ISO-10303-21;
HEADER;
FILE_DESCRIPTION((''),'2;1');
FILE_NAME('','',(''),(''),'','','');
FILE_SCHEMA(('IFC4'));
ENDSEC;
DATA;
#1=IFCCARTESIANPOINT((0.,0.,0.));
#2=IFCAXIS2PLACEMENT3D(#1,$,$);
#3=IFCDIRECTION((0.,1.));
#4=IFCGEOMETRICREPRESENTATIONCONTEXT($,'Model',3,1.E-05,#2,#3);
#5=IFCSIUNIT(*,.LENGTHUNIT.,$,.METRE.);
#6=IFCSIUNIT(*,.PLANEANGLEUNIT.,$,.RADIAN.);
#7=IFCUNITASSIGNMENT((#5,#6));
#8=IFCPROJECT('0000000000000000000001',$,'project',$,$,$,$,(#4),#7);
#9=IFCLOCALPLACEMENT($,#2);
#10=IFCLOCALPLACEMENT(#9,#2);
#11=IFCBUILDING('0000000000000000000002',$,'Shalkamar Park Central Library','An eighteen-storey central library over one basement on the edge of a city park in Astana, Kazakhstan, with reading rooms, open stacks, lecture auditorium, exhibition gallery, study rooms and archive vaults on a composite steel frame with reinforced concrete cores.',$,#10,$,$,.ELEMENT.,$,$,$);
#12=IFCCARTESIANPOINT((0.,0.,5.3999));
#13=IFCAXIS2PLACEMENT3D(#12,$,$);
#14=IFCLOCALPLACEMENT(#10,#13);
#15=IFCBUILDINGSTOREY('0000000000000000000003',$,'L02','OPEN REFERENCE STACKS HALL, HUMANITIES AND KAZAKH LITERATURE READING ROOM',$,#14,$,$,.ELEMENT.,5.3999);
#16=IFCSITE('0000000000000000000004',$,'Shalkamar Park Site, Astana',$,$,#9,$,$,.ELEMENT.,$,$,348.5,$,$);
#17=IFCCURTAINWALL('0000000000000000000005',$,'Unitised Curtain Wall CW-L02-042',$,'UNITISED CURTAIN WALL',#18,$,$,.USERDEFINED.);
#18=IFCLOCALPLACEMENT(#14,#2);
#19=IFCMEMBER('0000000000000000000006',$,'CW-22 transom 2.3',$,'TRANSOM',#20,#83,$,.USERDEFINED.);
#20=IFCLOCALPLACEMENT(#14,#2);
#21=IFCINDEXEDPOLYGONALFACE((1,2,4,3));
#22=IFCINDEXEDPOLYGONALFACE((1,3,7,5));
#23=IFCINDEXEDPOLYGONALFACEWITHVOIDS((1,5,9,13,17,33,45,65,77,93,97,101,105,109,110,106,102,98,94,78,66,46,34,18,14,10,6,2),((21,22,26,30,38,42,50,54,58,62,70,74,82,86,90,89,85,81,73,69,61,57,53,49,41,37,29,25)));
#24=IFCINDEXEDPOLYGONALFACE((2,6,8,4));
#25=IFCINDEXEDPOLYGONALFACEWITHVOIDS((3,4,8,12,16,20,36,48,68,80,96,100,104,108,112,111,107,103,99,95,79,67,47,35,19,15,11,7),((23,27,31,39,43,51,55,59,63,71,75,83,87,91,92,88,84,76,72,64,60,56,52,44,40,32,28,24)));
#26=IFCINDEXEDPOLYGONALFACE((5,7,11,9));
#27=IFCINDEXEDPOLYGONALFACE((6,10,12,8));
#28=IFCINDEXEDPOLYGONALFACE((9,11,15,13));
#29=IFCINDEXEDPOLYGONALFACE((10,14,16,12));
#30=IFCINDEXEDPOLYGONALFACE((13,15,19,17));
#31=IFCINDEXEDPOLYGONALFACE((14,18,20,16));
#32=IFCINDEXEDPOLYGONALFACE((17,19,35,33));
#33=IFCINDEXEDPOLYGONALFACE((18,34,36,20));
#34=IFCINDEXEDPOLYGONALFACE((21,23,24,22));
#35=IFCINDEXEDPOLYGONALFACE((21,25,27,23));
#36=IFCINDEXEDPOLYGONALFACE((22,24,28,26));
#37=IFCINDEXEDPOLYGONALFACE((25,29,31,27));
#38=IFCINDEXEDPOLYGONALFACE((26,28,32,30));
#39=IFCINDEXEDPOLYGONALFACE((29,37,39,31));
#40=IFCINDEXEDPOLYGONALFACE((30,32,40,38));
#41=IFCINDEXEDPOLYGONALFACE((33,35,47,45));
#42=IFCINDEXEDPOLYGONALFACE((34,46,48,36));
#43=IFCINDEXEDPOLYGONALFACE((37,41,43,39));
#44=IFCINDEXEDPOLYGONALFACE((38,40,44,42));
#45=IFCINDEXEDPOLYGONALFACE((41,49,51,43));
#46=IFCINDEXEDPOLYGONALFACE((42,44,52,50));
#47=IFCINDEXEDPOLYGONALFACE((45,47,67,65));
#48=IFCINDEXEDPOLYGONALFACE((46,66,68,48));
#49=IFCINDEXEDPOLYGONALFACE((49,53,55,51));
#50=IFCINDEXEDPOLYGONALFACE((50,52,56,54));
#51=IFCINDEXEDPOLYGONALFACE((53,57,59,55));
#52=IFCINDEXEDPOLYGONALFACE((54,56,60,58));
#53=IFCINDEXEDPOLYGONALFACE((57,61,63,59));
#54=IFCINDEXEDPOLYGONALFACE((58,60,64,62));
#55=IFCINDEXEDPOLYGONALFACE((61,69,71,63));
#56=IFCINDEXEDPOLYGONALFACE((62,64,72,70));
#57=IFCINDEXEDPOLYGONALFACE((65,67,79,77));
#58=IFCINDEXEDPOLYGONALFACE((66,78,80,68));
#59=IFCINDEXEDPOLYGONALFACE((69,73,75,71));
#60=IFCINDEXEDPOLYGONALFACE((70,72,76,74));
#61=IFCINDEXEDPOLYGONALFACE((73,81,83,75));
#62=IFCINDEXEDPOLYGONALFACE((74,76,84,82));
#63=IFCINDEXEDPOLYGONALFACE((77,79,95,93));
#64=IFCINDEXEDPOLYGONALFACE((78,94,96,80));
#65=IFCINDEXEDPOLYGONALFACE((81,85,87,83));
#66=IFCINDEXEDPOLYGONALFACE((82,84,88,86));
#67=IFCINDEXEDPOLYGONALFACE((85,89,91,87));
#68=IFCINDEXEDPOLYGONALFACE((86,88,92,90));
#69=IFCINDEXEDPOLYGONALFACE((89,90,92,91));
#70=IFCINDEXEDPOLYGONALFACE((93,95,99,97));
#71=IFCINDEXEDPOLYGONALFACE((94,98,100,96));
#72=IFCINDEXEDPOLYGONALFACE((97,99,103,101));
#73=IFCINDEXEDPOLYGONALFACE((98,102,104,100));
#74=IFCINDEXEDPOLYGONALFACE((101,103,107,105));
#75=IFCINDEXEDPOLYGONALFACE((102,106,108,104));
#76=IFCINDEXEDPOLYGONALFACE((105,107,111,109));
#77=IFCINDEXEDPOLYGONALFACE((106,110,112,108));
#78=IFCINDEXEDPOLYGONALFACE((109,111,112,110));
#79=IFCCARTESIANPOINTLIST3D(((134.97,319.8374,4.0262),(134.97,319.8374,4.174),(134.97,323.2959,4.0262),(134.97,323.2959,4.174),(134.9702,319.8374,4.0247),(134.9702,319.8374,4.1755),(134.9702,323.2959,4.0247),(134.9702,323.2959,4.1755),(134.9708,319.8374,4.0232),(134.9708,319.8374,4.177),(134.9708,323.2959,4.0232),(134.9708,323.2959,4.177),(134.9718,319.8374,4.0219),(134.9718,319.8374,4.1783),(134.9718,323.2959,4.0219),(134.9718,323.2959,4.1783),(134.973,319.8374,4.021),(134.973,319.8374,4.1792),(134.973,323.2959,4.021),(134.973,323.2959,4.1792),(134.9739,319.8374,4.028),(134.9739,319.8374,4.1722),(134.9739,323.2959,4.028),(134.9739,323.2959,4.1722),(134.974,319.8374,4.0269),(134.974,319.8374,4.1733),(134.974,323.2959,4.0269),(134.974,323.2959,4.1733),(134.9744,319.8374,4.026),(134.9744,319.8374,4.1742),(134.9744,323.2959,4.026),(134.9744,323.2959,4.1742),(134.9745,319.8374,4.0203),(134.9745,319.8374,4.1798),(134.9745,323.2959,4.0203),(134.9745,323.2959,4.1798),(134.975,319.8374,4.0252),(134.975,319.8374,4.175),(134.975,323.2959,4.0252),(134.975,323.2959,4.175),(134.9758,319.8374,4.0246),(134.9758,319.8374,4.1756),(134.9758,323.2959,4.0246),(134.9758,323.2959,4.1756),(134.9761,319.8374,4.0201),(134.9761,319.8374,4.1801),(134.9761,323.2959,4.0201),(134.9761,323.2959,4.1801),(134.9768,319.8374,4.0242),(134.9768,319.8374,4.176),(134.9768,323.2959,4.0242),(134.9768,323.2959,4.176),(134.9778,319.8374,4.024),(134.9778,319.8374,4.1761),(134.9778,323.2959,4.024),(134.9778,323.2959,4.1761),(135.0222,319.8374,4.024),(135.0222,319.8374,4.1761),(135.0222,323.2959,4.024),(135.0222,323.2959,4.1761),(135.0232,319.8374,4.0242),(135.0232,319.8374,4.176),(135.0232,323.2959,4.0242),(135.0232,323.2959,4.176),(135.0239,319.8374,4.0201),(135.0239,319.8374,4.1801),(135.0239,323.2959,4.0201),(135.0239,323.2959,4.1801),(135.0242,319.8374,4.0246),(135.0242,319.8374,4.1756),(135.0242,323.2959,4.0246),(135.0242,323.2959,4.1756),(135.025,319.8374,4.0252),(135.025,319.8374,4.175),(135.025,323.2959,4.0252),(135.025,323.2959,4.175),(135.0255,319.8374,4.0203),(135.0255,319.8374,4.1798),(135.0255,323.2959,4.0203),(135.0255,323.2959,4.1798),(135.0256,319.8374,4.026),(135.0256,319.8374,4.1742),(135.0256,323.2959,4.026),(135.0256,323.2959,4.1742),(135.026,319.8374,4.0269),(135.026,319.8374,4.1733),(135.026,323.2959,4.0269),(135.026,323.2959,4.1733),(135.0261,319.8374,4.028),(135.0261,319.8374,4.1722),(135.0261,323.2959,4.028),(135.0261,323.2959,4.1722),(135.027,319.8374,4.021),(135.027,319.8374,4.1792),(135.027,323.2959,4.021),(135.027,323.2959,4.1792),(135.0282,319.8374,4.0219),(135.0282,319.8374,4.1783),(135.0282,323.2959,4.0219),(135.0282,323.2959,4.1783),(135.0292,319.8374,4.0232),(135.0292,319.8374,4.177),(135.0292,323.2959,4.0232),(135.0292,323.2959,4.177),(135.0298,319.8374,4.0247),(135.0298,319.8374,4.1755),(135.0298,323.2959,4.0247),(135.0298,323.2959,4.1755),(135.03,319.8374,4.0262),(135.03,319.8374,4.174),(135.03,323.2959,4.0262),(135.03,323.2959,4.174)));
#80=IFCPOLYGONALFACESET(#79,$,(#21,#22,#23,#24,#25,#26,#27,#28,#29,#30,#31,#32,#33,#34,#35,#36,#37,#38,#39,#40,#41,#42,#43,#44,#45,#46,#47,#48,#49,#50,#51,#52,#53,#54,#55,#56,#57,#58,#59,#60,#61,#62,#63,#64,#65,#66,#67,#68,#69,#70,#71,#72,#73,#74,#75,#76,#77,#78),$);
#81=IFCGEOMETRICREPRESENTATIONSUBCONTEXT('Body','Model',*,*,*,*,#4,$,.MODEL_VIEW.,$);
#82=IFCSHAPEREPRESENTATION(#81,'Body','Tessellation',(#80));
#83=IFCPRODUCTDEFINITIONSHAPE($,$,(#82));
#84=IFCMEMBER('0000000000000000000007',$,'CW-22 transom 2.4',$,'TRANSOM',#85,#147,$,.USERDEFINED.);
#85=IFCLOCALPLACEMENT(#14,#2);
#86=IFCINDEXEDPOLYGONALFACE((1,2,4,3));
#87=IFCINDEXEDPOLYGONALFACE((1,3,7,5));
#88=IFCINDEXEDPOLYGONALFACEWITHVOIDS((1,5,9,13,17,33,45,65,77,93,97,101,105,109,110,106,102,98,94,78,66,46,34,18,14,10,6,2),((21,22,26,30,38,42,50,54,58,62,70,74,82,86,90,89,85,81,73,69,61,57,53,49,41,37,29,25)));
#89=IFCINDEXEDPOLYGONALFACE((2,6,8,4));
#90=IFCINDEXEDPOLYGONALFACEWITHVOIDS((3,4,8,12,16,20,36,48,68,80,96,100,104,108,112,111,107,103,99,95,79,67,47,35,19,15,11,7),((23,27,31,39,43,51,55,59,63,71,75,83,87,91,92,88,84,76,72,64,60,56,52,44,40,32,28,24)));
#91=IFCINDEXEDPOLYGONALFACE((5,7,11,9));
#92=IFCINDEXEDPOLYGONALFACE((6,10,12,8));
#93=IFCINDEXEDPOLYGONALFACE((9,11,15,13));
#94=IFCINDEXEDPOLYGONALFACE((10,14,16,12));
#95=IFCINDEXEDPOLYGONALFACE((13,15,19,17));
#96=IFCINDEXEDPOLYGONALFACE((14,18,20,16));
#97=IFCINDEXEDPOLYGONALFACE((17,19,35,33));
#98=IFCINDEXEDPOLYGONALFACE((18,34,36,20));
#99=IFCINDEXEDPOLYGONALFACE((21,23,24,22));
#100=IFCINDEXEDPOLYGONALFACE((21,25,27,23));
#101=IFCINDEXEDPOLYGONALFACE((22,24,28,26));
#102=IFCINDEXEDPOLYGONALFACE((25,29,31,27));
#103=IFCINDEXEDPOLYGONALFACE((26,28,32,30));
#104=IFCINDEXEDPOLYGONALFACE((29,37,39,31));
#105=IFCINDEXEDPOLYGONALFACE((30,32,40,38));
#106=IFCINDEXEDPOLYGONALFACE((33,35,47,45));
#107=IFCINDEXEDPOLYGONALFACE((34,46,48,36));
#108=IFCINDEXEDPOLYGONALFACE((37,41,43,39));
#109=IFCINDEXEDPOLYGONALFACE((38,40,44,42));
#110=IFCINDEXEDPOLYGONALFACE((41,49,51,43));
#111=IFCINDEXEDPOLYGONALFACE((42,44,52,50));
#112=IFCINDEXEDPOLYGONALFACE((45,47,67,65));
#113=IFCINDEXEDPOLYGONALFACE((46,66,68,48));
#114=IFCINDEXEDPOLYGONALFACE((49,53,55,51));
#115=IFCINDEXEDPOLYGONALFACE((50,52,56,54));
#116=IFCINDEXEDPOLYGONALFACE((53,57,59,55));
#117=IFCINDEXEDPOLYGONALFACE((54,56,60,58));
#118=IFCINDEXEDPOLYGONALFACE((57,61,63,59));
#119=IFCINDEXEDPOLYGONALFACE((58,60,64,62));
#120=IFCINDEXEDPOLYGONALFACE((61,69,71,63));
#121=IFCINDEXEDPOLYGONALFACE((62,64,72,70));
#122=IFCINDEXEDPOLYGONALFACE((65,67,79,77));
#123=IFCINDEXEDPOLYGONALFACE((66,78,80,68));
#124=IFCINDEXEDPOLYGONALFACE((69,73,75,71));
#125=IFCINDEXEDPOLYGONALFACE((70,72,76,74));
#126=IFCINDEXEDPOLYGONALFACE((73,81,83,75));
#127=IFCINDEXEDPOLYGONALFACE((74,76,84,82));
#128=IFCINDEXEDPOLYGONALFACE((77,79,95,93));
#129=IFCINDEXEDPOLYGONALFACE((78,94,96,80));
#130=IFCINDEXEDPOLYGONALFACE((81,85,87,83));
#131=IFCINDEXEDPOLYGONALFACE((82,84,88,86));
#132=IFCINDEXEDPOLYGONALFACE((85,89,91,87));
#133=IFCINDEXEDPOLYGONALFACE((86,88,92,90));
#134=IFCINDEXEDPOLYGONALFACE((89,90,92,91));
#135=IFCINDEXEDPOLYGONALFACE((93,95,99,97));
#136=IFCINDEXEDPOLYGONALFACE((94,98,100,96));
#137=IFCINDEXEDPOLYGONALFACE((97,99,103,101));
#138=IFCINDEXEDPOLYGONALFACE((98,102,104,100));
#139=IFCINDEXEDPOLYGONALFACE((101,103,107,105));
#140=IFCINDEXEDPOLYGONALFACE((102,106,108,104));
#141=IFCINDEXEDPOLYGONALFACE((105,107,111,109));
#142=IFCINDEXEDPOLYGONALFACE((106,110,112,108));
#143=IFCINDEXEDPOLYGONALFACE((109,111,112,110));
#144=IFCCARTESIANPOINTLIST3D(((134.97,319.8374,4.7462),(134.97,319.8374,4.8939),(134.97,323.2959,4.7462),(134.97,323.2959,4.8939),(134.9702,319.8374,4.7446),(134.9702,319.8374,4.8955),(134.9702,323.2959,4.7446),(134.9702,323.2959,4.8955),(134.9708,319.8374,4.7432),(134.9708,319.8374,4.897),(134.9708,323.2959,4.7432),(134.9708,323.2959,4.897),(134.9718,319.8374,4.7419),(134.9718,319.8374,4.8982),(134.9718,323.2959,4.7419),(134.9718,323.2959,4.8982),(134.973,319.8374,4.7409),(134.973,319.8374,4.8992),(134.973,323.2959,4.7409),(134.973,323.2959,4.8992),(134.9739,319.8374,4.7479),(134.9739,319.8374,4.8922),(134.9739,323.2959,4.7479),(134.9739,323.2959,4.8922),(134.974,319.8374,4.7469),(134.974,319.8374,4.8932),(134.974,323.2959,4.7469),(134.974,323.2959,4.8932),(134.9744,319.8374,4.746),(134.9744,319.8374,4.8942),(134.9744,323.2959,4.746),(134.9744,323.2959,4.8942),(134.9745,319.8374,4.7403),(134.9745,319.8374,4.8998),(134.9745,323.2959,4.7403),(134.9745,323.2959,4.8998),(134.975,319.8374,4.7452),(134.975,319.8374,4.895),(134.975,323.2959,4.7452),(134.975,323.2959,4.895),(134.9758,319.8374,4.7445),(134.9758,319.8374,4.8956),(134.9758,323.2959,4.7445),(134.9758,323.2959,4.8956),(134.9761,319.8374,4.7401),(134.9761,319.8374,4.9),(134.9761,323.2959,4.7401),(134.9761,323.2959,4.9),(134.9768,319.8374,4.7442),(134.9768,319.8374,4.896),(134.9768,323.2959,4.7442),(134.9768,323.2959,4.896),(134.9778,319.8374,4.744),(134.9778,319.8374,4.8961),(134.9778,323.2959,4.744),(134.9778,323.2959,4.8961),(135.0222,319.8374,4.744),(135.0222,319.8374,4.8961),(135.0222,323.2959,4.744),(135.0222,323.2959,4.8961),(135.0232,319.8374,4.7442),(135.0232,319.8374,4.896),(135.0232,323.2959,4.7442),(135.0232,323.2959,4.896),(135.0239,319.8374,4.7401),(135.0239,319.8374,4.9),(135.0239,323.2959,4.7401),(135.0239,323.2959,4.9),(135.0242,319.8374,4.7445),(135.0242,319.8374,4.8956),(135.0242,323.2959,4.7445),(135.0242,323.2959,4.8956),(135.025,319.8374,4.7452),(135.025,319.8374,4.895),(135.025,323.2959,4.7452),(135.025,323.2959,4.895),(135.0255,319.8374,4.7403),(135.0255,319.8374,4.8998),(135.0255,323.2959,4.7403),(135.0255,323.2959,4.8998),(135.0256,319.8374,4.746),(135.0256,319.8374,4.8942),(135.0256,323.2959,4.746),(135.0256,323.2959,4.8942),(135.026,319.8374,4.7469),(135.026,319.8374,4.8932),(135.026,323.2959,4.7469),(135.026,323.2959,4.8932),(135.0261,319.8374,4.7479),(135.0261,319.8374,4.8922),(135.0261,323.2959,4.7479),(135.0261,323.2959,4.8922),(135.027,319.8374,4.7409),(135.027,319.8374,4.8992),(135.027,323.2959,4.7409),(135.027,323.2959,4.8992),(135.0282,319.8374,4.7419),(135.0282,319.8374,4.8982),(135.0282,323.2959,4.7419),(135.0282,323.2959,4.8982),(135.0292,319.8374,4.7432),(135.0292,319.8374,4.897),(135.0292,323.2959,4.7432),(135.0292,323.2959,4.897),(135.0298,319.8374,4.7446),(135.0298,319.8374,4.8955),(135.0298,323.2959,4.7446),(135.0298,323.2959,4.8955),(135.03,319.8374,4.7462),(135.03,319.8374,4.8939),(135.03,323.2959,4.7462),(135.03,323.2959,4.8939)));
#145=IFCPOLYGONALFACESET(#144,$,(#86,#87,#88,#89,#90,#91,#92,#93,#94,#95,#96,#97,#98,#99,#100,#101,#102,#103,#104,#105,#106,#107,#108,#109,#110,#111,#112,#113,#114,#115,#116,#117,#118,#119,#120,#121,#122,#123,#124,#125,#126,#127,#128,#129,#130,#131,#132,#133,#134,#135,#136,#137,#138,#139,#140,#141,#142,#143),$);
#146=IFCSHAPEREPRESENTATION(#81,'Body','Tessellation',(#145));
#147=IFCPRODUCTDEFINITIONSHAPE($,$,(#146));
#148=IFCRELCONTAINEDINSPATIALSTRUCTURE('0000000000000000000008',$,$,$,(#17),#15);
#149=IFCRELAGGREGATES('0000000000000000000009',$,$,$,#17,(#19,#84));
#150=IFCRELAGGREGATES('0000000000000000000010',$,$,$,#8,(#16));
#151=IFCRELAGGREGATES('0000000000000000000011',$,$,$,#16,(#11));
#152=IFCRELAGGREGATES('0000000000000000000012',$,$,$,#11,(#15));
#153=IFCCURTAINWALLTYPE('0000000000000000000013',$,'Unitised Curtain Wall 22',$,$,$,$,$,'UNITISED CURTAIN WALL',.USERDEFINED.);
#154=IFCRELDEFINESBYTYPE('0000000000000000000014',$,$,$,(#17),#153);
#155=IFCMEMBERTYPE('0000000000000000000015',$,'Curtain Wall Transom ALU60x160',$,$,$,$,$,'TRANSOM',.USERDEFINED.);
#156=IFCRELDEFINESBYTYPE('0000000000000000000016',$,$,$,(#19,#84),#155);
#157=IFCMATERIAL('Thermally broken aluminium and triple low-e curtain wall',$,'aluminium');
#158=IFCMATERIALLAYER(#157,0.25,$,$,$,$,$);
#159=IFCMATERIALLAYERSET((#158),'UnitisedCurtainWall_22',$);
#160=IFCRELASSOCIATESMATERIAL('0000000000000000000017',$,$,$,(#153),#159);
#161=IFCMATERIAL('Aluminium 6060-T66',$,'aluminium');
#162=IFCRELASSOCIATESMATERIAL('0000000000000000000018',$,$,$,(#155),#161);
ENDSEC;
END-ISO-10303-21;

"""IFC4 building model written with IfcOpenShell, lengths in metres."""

from ifc_helpers import new_model, si_unit, direction, frame, origin, origin_2d, place, context, subcontext, project, spatial, hollow_rectangle, extrude, material, layer, layer_set, material_profile, profile_set, type_object, element, aggregate, save


model = new_model("IFC4")

# Units and contexts
model_context = context("Model", 3, precision=1e-05, world=origin(), true_north=direction((0.0, 1.0)))
body_context = subcontext(model_context, "Body", "Model", "MODEL_VIEW")
ifc_project = project(units=[si_unit("LENGTHUNIT", "METRE"), si_unit("PLANEANGLEUNIT", "RADIAN")], contexts=[model_context])

# Site, building, storey
site_placement = place(None, origin())
site = spatial("IfcSite", under=ifc_project, at=site_placement, Name="Shalkamar Park Site, Astana", CompositionType="ELEMENT", RefElevation=348.5)
building_placement = place(site_placement, origin())
building = spatial("IfcBuilding", under=site, at=building_placement, Name="Shalkamar Park Central Library", Description="An eighteen-storey central library over one basement on the edge of a city park in Astana, Kazakhstan, with reading rooms, open stacks, lecture auditorium, exhibition gallery, study rooms and archive vaults on a composite steel frame with reinforced concrete cores.", CompositionType="ELEMENT")
storey_placement = place(building_placement, frame((0.0, 0.0, 5.3999)))
storey = spatial("IfcBuildingStorey", under=building, at=storey_placement, Name="L02", Description="OPEN REFERENCE STACKS HALL, HUMANITIES AND KAZAKH LITERATURE READING ROOM", CompositionType="ELEMENT", Elevation=5.3999)

# Curtain wall, members
ifc_material_1 = material(Name="Thermally broken aluminium and triple low-e curtain wall", Category="aluminium")
ifc_layer_1 = layer(ifc_material_1, 0.25)
ifc_layer_set_1 = layer_set([ifc_layer_1], Name="UnitisedCurtainWall_22")
curtain_wall_type = type_object("IfcCurtainWallType", Name="Unitised Curtain Wall 22", ElementType="UNITISED CURTAIN WALL", PredefinedType="USERDEFINED", material=ifc_layer_set_1)
curtain_wall_placement = place(storey_placement, origin())
curtain_wall = element("IfcCurtainWall", 1, at=curtain_wall_placement, inside=storey, type_object=curtain_wall_type, Name="Unitised Curtain Wall CW-L02-042", ObjectType="UNITISED CURTAIN WALL", PredefinedType="USERDEFINED")
ifc_material_2 = material(Name="Aluminium 6060-T66", Category="aluminium")
ifc_material_profile_1 = material_profile(ifc_material_2, hollow_rectangle(XDim=0.0601, YDim=0.1599, WallThickness=0.0039, InnerFilletRadius=0.0039, OuterFilletRadius=0.0061, at=origin_2d()), Name="ALU 60x160x4")
ifc_profile_set_1 = profile_set([ifc_material_profile_1], Name="Aluminium 6060-T66")
member_type_1 = type_object("IfcMemberType", Name="Curtain Wall Transom ALU60x160", ElementType="TRANSOM", PredefinedType="USERDEFINED", material=ifc_profile_set_1)
member_1_placement = place(storey_placement, frame((135.0, 319.8374, 4.1001), z_axis=(0.0, 1.0, 0.0), x_axis=(-1.0, 0.0, 0.0)))
member_1 = element("IfcMember", 2, at=member_1_placement, type_object=member_type_1, Name="CW-22 transom 2.3", ObjectType="TRANSOM", PredefinedType="USERDEFINED", context=body_context, shape_type="SweptSolid", body=[
    extrude(hollow_rectangle(XDim=0.0601, YDim=0.1599, WallThickness=0.0039, InnerFilletRadius=0.0039, OuterFilletRadius=0.0061, at=origin_2d()), origin(), (0.0, 0.0, 1.0), 3.4585),
])
member_2_placement = place(storey_placement, frame((135.0, 319.8374, 4.8201), z_axis=(0.0, 1.0, 0.0), x_axis=(-1.0, 0.0, 0.0)))
member_2 = element("IfcMember", 3, at=member_2_placement, type_object=member_type_1, Name="CW-22 transom 2.4", ObjectType="TRANSOM", PredefinedType="USERDEFINED", context=body_context, shape_type="SweptSolid", body=[
    extrude(hollow_rectangle(XDim=0.0601, YDim=0.1599, WallThickness=0.0039, InnerFilletRadius=0.0039, OuterFilletRadius=0.0061, at=origin_2d()), origin(), (0.0, 0.0, 1.0), 3.4585),
])

aggregate(curtain_wall, [member_1, member_2])

save(model, "model.ifc")
